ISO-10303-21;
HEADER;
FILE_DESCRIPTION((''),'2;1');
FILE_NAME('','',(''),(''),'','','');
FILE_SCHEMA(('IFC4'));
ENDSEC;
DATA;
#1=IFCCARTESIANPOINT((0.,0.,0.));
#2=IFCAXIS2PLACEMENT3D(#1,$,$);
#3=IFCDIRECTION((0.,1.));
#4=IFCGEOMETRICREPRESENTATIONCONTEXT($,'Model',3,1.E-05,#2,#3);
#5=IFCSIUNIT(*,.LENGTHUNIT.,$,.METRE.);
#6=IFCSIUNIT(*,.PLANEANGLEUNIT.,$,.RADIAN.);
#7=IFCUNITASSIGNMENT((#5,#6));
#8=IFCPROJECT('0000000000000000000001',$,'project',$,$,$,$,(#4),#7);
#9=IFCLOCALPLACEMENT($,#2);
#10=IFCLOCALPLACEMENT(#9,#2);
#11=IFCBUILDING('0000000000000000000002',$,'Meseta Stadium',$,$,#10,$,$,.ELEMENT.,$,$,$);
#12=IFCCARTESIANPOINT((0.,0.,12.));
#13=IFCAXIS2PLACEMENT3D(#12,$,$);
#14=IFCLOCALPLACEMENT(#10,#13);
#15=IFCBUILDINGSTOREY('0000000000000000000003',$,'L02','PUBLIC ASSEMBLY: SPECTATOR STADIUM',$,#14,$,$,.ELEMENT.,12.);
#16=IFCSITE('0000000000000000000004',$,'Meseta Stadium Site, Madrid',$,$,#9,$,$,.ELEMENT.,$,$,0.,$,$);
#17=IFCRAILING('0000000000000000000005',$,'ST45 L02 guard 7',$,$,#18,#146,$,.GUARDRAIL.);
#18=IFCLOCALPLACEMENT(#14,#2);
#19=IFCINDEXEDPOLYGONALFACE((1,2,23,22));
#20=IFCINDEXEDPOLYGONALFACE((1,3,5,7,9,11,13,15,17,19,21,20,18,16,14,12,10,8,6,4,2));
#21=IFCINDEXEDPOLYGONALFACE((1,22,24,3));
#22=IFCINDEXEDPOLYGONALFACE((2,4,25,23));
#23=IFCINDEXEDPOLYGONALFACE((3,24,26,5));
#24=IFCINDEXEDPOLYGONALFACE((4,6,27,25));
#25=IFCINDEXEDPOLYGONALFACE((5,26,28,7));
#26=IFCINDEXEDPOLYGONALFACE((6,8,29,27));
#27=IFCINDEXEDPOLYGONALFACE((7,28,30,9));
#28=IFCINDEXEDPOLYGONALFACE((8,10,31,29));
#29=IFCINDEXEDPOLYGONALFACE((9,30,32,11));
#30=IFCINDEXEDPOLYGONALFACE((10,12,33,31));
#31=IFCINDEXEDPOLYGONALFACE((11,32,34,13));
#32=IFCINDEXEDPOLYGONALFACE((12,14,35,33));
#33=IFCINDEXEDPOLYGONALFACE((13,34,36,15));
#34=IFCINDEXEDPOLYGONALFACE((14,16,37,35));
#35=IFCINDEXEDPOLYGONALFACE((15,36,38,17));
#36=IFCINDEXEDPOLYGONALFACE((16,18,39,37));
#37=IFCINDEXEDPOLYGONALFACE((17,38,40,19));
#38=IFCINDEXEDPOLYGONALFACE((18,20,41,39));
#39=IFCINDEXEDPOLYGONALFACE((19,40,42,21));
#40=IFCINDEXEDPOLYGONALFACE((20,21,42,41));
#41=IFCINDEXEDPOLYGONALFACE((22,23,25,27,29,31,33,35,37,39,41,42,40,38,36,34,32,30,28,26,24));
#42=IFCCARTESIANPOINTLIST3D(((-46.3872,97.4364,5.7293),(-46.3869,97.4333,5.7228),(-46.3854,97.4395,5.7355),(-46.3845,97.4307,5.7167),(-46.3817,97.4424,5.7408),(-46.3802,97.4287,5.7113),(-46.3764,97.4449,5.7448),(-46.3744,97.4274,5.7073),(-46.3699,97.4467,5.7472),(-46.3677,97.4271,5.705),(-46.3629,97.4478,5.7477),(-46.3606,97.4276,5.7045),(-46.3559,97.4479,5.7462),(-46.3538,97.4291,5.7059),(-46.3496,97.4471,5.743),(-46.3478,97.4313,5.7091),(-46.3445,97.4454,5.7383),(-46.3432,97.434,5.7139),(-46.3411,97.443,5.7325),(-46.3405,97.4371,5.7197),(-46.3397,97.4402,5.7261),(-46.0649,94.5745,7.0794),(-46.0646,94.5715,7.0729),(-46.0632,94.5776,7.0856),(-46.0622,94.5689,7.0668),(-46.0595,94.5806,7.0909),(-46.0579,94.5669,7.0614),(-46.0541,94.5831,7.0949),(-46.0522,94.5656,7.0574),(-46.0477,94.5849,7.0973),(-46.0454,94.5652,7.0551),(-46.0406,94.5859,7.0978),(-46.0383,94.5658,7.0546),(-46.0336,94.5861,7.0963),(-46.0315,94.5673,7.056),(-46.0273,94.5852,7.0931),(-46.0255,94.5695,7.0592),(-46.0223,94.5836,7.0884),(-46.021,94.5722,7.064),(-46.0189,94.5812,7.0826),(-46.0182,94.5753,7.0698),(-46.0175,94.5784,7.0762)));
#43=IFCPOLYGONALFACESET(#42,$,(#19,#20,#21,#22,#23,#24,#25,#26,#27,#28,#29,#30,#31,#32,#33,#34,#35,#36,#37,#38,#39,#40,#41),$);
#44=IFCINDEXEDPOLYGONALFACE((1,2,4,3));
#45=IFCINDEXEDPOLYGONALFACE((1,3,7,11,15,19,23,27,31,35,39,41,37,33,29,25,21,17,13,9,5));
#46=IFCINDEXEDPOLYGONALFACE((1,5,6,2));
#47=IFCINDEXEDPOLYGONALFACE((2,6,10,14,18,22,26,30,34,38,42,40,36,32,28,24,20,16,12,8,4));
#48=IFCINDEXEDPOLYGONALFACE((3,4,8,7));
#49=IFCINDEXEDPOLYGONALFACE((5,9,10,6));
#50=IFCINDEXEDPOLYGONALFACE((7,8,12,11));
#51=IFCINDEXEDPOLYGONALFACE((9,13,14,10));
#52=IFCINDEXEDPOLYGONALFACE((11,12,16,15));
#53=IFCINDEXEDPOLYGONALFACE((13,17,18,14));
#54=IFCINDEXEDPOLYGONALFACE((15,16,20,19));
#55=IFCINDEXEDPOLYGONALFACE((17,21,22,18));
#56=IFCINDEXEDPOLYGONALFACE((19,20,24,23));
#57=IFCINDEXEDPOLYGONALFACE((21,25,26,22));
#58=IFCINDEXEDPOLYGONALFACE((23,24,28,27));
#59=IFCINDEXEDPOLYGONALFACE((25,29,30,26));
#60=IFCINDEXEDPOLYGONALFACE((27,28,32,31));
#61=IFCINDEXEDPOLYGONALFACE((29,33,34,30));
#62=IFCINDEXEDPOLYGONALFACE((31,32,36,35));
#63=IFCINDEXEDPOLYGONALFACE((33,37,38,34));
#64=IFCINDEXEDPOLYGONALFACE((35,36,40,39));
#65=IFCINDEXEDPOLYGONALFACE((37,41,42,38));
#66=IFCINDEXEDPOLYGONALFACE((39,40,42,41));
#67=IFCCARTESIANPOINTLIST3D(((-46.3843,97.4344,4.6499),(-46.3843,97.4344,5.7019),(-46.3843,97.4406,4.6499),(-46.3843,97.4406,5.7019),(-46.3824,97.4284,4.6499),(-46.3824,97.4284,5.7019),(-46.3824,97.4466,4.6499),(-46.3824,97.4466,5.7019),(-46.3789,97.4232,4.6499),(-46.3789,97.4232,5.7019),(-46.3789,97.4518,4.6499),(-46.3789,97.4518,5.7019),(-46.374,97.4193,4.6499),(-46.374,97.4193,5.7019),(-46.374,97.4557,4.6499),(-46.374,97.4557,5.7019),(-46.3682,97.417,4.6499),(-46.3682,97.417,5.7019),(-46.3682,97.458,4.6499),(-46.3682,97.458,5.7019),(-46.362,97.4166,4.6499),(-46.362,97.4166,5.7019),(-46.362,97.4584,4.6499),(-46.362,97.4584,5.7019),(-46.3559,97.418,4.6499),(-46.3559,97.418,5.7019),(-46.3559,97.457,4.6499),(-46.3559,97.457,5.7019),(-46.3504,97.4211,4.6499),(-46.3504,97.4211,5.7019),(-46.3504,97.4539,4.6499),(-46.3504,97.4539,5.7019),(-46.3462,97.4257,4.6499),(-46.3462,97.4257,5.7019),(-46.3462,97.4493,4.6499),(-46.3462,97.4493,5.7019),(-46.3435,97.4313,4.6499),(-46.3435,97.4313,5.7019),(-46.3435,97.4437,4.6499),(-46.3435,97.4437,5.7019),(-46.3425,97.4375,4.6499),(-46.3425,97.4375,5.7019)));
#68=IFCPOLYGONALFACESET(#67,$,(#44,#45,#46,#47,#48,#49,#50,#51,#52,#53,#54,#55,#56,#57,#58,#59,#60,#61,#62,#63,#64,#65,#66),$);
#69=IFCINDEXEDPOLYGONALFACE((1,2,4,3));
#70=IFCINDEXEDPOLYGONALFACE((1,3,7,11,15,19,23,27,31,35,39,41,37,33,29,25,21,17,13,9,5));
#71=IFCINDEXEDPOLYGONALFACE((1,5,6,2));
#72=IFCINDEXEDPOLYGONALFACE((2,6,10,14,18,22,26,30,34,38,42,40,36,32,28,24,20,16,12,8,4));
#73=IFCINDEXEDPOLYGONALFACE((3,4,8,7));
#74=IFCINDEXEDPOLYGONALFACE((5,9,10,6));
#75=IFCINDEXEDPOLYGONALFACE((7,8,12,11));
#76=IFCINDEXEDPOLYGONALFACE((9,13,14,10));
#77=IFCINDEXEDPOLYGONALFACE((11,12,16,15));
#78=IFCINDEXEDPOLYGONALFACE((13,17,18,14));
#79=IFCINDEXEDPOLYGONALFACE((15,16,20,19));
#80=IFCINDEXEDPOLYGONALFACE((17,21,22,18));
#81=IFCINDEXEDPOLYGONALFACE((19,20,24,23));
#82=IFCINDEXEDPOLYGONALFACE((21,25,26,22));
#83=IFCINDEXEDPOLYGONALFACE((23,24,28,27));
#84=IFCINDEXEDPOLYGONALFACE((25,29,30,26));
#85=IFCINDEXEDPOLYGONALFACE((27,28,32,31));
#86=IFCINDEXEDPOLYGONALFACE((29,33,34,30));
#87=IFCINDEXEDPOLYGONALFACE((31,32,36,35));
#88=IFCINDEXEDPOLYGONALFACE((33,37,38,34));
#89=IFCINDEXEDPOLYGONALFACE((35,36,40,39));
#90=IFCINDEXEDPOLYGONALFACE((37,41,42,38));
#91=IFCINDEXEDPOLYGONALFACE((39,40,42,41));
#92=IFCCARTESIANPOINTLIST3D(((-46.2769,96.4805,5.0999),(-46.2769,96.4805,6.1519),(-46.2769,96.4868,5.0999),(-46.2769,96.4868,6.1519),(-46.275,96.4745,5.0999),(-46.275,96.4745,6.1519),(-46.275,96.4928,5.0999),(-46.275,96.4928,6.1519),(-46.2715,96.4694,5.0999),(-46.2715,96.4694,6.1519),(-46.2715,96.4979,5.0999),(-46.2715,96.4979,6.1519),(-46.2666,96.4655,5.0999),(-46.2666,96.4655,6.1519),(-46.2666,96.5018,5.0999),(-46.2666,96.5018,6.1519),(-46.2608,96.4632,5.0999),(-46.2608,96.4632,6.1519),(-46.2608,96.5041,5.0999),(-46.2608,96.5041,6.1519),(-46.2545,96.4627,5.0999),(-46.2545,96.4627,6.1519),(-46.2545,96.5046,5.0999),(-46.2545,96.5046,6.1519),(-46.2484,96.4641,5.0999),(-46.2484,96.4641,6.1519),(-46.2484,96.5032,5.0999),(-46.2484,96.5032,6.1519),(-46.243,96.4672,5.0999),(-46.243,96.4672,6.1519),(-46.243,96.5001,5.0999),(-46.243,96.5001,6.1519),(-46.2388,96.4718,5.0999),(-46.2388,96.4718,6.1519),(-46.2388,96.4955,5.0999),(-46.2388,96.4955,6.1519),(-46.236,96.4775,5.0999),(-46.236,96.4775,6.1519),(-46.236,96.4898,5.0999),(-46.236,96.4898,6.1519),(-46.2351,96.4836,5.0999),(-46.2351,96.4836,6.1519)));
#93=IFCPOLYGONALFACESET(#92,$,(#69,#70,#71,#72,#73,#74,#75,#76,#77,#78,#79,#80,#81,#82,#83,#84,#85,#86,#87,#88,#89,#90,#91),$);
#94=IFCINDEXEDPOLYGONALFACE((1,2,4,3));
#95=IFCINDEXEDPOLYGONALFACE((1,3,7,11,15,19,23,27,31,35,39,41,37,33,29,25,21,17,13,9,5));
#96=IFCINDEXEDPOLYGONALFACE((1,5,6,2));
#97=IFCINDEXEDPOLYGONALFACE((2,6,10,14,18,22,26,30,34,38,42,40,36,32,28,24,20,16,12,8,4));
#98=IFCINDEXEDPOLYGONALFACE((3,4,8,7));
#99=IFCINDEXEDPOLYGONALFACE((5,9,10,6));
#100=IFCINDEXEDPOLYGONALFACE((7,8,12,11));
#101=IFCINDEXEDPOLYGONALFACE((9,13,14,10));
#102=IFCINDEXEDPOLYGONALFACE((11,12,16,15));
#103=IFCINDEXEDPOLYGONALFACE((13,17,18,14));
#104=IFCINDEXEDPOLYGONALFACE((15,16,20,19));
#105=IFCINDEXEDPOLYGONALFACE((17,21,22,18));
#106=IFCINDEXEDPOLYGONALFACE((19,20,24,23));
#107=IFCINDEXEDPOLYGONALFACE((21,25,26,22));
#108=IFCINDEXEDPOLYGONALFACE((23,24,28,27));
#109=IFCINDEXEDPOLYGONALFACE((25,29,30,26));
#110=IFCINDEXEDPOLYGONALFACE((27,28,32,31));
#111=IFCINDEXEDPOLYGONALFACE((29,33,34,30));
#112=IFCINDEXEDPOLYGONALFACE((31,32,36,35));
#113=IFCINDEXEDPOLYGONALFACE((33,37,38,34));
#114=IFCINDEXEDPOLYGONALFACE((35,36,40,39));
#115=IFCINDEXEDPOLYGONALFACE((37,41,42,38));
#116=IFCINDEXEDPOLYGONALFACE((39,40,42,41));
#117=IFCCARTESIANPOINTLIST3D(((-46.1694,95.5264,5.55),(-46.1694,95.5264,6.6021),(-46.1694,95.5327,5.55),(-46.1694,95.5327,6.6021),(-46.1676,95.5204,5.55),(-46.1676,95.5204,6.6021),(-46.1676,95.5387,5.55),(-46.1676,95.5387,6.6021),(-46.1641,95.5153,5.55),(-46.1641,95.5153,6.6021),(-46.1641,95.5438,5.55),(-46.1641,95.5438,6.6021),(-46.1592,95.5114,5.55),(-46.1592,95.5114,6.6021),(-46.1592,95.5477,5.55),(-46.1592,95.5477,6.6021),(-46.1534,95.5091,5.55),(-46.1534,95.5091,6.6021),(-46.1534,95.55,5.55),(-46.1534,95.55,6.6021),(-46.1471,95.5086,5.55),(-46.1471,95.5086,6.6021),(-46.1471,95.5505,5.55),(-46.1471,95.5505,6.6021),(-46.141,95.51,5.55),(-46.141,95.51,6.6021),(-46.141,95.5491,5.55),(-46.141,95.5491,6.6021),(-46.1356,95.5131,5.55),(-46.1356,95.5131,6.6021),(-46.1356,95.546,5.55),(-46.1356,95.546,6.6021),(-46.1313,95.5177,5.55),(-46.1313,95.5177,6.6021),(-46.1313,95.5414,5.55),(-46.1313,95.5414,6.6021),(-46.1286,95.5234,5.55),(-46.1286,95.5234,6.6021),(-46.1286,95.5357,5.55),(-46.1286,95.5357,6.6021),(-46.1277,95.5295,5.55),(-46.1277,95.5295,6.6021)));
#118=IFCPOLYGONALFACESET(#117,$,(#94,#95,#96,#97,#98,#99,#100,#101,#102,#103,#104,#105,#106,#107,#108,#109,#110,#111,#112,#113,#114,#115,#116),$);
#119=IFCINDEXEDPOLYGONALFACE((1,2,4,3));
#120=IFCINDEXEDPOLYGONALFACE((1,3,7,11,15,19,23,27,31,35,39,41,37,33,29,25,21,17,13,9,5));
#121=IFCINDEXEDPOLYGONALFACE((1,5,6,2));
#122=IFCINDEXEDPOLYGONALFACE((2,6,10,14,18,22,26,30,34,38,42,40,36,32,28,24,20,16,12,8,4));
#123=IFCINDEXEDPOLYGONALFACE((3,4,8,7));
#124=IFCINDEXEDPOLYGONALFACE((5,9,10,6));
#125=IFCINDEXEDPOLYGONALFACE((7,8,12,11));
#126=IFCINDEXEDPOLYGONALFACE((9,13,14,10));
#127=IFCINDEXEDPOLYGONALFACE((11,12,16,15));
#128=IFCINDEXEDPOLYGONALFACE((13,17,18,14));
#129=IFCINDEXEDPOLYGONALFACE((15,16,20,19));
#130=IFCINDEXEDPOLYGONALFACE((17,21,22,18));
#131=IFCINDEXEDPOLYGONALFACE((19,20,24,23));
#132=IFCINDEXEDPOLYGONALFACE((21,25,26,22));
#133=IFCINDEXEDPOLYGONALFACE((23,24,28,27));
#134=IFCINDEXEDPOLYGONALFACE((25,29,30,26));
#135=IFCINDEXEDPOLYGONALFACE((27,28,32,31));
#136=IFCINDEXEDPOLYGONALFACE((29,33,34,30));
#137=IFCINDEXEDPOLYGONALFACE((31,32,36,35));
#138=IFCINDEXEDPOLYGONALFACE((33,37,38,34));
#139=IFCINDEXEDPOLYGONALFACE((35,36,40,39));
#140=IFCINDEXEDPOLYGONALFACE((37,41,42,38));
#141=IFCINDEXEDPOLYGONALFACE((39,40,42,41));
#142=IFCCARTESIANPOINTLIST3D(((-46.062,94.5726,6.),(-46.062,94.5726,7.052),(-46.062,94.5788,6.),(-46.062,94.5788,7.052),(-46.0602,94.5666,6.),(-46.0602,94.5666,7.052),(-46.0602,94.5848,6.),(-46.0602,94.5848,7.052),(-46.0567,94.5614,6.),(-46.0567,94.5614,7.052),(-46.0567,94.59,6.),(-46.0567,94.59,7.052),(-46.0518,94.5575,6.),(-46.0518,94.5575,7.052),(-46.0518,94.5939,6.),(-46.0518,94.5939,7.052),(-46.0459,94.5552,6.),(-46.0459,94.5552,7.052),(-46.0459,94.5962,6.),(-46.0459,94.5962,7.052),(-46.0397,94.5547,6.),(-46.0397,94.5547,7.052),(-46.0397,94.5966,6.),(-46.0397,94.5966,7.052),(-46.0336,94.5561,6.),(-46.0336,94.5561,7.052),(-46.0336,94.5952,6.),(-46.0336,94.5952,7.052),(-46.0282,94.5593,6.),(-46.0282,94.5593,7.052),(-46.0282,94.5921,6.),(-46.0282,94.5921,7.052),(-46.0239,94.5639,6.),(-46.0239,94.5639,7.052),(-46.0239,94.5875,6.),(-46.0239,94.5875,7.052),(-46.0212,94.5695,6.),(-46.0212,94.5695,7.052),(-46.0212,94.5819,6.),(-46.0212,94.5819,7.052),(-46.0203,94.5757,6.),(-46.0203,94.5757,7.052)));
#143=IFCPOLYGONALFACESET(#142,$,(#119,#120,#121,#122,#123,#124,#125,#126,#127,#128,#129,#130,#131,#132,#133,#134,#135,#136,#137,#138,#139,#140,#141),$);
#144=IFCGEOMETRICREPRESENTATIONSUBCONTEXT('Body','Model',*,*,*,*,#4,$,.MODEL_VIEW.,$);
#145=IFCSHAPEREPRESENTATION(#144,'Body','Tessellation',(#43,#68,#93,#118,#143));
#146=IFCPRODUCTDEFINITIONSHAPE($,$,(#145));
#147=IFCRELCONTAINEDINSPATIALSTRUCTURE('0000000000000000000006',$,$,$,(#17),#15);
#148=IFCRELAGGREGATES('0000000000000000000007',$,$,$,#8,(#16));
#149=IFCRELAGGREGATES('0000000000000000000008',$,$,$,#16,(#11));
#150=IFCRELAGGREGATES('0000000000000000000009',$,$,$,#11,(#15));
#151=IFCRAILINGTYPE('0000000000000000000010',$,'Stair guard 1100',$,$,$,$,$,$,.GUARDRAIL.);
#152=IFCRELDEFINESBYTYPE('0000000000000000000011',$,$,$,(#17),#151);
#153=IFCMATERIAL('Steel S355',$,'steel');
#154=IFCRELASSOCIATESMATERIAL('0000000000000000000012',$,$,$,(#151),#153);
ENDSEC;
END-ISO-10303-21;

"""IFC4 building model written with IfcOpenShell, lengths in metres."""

from ifc_helpers import new_model, si_unit, direction, frame, origin, origin_2d, place, context, subcontext, project, spatial, circle, extrude, material, type_object, element, save


model = new_model("IFC4")

# Units and contexts
model_context = context("Model", 3, precision=1e-05, world=origin(), true_north=direction((0.0, 1.0)))
body_context = subcontext(model_context, "Body", "Model", "MODEL_VIEW")
ifc_project = project(units=[si_unit("LENGTHUNIT", "METRE"), si_unit("PLANEANGLEUNIT", "RADIAN")], contexts=[model_context])

# Site, building, storey
site_placement = place(None, origin())
site = spatial("IfcSite", under=ifc_project, at=site_placement, Name="Meseta Stadium Site, Madrid", CompositionType="ELEMENT", RefElevation=0.0)
building_placement = place(site_placement, origin())
building = spatial("IfcBuilding", under=site, at=building_placement, Name="Meseta Stadium", CompositionType="ELEMENT")
storey_placement = place(building_placement, frame((0.0, 0.0, 12.0)))
storey = spatial("IfcBuildingStorey", under=building, at=storey_placement, Name="L02", Description="PUBLIC ASSEMBLY: SPECTATOR STADIUM", CompositionType="ELEMENT", Elevation=12.0)

# Railing
ifc_material_1 = material(Name="Steel S355", Category="steel")
railing_type_1 = type_object("IfcRailingType", Name="Stair guard 1100", PredefinedType="GUARDRAIL", material=ifc_material_1)
railing_1_placement = place(storey_placement, frame((-46.3635, 97.4375, 4.6499)))
element("IfcRailing", 1, at=railing_1_placement, inside=storey, type_object=railing_type_1, Name="ST45 L02 guard 7", PredefinedType="GUARDRAIL", context=body_context, shape_type="SweptSolid", body=[
    extrude(circle(Radius=0.0239, at=origin_2d()), frame((0.0, 0.0, 1.0762), z_axis=(0.10132, -0.899755, 0.424471), x_axis=(0.993719, 0.111902, 0.0)), (0.0, 0.0, 1.0), 3.1807),
    extrude(circle(Radius=0.021, at=origin_2d()), origin(), (0.0, 0.0, 1.0), 1.052),
    extrude(circle(Radius=0.021, at=origin_2d()), frame((0.1074, -0.9539, 0.45)), (0.0, 0.0, 1.0), 1.052),
    extrude(circle(Radius=0.021, at=origin_2d()), frame((0.2148, -1.908, 0.9001)), (0.0, 0.0, 1.0), 1.052),
    extrude(circle(Radius=0.021, at=origin_2d()), frame((0.3223, -2.8618, 1.3501)), (0.0, 0.0, 1.0), 1.052),
])

save(model, "model.ifc")
